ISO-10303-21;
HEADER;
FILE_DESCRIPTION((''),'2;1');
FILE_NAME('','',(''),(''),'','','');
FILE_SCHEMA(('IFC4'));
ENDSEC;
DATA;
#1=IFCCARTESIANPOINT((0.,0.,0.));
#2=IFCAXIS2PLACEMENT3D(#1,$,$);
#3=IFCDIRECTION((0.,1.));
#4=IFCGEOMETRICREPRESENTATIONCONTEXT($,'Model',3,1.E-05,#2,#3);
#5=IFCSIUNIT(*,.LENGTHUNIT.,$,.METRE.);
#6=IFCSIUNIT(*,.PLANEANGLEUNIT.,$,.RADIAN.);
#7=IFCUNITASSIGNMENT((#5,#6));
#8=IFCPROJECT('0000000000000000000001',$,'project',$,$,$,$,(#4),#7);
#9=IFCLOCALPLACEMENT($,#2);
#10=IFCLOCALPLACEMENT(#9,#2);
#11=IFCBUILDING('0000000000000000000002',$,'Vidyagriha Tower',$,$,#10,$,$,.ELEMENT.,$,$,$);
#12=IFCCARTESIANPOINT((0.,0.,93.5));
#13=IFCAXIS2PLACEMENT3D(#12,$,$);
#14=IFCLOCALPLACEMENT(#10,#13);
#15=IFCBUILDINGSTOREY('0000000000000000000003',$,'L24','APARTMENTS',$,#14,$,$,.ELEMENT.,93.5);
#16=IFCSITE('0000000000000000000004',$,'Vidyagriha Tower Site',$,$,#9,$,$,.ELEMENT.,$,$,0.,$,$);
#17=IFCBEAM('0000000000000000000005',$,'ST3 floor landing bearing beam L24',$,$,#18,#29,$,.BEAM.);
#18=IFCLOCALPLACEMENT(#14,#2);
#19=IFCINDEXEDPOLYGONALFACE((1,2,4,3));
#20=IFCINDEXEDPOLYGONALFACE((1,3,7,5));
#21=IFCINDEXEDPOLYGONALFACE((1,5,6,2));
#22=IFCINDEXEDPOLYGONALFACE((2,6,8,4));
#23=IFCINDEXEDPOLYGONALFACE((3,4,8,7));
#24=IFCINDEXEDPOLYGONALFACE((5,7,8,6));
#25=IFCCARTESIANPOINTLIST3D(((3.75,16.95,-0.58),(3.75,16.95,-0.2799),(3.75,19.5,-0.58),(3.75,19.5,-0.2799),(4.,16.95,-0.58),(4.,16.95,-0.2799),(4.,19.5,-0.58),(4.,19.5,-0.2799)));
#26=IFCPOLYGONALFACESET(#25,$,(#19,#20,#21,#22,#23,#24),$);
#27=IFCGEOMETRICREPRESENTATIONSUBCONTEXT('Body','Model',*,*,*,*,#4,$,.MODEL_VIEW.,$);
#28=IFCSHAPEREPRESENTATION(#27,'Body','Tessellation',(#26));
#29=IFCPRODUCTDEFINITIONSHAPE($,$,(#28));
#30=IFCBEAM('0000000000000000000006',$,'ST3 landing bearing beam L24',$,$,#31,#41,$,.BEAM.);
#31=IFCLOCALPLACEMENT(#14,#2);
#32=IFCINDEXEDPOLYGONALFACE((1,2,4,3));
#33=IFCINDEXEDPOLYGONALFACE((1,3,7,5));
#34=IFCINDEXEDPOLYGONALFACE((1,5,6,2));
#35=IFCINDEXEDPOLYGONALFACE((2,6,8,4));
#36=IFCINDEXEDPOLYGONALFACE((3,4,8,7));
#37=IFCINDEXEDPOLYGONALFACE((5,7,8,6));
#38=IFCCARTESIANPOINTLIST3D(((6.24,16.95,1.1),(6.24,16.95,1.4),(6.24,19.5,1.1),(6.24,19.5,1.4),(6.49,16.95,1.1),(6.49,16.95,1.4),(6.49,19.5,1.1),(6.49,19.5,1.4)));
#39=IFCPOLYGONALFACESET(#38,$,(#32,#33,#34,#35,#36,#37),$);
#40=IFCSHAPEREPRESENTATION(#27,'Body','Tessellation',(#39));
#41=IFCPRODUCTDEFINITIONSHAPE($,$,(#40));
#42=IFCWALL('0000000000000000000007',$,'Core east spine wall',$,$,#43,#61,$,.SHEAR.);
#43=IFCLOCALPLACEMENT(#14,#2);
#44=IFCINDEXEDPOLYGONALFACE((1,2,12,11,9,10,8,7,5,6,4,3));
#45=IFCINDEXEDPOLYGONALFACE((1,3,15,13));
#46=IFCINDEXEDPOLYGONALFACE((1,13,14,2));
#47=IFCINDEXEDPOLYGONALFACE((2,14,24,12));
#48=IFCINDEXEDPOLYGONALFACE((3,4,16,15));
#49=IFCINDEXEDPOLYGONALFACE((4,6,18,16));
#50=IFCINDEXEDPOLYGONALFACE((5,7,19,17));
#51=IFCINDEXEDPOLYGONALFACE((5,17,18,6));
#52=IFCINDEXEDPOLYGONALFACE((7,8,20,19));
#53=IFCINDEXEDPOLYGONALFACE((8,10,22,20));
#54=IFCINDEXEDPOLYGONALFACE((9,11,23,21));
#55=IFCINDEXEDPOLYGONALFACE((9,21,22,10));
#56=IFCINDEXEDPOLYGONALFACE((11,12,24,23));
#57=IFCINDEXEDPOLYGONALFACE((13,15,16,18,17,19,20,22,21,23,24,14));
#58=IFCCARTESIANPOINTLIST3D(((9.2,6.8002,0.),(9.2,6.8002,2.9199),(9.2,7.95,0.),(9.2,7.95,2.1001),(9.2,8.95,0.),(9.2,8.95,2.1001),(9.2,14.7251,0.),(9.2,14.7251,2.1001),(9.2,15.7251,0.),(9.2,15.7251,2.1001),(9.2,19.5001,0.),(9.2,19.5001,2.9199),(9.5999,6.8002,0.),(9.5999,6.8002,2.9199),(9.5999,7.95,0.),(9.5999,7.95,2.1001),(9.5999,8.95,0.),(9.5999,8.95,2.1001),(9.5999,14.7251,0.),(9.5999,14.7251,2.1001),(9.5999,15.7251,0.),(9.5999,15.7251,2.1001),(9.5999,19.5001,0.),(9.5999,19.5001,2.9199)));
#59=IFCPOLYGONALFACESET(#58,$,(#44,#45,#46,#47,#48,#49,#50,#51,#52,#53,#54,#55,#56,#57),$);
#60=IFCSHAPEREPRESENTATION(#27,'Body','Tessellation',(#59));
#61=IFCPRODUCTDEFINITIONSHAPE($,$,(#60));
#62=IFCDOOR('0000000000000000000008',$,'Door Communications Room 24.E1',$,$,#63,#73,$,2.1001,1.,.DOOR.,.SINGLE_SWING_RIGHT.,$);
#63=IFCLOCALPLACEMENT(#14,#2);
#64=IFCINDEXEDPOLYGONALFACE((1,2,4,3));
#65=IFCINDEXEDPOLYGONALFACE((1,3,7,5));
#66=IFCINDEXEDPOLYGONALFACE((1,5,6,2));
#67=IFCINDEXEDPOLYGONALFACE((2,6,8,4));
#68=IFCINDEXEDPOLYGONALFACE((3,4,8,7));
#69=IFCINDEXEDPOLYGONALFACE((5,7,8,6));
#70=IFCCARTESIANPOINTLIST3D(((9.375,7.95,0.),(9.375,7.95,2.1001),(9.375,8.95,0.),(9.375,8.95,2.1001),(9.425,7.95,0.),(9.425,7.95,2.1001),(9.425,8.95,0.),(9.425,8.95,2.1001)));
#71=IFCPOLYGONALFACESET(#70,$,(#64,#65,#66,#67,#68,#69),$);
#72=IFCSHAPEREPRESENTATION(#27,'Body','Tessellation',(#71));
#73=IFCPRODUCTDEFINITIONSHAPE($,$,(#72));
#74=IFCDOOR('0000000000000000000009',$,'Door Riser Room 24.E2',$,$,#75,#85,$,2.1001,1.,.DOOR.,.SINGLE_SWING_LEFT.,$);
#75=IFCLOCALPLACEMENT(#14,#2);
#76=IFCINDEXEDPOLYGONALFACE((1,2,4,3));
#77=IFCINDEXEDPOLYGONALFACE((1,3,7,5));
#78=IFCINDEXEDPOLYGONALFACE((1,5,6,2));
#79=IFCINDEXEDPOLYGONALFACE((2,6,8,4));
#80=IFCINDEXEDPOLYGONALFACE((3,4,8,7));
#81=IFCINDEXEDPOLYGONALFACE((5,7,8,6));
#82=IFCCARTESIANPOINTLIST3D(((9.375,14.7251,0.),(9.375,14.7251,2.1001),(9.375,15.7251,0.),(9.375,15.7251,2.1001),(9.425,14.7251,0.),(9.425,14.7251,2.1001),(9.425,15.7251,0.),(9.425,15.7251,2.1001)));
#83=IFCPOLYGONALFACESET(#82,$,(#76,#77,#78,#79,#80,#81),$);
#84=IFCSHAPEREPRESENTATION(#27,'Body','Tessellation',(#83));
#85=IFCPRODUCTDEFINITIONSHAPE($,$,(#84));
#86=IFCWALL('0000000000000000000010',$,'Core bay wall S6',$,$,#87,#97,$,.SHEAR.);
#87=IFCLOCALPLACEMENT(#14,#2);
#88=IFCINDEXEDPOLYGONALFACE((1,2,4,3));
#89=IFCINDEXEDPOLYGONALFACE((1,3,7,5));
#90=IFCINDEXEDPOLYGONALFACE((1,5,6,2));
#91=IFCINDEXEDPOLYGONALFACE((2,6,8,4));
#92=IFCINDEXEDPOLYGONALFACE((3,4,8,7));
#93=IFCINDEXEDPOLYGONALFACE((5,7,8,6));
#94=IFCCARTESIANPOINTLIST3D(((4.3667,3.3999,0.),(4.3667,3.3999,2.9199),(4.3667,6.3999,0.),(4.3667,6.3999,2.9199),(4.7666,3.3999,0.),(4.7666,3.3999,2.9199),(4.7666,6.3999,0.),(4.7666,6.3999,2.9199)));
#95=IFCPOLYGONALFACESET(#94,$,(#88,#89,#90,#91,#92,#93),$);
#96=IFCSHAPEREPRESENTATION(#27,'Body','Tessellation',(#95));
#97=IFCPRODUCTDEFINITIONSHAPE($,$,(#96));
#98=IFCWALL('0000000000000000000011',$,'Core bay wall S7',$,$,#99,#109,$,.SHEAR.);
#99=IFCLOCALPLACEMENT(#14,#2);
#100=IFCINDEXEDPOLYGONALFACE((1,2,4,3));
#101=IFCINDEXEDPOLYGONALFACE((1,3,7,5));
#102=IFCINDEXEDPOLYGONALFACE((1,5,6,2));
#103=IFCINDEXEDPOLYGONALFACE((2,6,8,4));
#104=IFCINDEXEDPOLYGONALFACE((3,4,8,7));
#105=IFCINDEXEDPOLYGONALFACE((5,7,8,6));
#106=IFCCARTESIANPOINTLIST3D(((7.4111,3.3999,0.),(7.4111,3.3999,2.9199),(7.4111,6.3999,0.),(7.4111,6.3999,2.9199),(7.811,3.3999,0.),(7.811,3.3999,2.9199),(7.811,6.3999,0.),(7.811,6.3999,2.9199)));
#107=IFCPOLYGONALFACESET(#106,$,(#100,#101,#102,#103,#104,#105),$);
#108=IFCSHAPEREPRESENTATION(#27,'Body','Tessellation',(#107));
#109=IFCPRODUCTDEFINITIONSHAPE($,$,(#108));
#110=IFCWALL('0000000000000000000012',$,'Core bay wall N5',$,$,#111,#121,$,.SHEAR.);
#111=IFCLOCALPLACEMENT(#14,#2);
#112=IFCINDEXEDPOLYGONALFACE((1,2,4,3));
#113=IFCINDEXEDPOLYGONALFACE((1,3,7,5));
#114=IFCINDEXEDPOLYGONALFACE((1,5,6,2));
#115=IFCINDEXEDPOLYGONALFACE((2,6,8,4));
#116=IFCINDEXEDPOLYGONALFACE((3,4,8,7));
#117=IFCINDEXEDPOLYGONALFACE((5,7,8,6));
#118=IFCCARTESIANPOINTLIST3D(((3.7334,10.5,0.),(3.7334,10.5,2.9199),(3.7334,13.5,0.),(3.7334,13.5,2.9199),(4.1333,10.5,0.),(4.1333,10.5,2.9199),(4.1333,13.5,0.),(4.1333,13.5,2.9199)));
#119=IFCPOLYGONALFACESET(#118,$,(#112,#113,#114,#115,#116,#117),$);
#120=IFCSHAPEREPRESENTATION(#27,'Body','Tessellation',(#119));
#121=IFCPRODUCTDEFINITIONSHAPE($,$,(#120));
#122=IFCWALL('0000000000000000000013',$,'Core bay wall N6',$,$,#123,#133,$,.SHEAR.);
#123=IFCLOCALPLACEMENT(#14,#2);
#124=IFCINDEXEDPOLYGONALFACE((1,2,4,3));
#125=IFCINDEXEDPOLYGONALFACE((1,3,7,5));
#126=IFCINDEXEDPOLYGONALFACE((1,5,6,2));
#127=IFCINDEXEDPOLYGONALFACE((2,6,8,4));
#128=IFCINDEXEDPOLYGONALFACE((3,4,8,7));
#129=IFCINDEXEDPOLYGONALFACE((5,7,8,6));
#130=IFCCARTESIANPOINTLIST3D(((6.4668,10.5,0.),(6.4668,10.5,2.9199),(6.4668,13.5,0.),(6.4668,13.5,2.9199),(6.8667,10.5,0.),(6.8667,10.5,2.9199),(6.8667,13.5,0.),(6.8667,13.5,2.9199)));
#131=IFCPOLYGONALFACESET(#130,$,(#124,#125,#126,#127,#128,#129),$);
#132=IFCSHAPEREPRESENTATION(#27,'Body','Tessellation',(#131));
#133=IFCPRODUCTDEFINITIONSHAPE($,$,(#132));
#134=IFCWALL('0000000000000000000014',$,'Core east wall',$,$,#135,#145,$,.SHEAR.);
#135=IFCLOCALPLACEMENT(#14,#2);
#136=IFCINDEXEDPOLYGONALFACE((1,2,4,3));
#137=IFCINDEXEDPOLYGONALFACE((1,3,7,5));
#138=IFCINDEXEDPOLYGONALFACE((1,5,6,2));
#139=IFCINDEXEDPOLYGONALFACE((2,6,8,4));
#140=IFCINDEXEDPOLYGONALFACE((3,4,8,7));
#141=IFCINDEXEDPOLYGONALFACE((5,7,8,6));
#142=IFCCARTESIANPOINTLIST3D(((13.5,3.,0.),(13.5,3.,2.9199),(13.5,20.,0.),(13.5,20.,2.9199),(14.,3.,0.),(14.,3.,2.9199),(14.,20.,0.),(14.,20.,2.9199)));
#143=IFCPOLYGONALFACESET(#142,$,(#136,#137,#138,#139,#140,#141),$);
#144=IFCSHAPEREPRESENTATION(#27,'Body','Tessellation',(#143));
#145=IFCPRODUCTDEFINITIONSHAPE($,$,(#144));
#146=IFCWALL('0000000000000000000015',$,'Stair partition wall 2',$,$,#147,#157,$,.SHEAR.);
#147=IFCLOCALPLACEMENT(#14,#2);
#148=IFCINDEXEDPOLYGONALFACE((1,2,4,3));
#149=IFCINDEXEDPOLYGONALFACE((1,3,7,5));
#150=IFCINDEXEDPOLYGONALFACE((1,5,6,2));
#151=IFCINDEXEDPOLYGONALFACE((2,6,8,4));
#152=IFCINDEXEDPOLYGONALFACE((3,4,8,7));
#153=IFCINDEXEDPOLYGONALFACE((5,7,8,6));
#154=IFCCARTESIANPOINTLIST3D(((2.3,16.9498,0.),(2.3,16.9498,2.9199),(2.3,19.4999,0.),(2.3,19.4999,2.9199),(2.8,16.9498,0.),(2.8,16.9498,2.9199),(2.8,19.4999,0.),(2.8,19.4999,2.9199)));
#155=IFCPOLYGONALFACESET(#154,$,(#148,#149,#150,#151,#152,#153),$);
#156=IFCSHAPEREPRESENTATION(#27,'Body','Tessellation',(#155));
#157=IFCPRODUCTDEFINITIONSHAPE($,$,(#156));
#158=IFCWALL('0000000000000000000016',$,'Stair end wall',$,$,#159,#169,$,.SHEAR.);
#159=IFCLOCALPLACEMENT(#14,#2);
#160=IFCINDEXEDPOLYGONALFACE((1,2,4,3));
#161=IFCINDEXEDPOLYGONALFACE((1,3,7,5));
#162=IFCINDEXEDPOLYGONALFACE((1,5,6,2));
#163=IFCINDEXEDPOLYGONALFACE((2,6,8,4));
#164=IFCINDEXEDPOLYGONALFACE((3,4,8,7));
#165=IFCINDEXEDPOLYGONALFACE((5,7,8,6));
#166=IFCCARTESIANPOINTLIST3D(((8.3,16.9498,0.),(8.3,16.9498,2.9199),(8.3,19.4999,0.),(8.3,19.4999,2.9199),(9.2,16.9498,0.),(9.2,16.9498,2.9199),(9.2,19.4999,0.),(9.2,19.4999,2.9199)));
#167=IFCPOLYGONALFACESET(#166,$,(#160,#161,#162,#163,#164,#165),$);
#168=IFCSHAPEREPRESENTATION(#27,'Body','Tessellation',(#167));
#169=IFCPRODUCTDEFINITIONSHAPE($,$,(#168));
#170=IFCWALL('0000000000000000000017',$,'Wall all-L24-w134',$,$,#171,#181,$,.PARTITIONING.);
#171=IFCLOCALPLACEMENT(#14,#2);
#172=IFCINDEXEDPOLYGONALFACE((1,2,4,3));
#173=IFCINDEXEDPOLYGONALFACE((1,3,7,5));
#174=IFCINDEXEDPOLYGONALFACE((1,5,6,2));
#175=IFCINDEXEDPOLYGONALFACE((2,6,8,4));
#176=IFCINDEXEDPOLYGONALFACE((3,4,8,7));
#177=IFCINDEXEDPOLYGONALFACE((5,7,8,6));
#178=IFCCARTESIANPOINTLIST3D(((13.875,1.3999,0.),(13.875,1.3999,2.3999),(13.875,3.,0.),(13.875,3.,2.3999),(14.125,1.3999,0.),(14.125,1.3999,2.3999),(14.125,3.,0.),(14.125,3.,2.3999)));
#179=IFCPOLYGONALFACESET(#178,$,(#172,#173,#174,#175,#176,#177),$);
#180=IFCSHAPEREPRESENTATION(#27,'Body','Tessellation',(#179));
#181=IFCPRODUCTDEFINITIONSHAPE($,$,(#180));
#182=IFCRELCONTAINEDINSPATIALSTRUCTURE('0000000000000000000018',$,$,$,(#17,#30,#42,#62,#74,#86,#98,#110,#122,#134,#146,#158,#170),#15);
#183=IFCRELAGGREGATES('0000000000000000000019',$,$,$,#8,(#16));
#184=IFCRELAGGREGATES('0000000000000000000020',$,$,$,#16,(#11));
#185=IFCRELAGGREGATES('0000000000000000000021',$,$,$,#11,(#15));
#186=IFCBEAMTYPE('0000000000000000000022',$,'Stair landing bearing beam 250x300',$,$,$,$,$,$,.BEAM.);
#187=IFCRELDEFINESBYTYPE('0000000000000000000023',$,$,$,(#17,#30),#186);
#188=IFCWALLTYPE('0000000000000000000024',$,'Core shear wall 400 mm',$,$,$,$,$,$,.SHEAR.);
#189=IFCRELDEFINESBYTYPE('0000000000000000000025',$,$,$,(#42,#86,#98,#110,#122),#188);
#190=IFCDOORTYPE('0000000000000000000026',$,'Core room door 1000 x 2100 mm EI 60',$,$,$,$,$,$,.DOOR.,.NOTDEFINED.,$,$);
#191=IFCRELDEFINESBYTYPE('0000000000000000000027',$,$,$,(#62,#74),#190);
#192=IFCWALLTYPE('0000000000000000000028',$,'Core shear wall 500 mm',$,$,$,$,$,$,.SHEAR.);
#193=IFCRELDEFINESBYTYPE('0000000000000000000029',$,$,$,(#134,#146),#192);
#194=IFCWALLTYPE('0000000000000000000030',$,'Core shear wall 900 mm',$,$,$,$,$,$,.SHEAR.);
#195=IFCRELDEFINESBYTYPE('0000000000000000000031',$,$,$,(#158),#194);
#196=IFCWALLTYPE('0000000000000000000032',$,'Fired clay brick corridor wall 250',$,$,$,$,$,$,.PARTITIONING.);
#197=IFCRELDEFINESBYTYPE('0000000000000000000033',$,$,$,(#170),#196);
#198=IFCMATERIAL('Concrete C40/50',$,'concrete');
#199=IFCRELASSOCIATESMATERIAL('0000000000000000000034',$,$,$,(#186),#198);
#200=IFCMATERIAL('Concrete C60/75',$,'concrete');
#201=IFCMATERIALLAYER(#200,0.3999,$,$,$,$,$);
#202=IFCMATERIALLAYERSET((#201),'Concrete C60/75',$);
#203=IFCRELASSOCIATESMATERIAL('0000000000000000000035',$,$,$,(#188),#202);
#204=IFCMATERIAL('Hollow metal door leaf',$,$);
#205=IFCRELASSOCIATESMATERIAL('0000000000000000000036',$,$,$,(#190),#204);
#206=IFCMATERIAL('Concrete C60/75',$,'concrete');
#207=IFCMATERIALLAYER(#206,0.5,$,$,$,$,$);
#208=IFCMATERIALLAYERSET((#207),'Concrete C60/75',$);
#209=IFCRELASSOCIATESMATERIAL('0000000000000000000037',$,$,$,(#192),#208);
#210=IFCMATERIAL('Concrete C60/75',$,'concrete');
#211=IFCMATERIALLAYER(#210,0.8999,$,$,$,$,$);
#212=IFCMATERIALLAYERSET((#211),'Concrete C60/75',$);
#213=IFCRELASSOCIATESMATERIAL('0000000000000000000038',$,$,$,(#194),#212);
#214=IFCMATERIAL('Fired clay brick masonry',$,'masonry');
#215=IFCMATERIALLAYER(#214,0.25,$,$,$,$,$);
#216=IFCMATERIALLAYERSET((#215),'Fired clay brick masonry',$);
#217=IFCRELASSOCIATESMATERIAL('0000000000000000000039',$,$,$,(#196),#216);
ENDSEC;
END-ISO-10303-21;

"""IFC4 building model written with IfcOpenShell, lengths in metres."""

from ifc_helpers import new_model, si_unit, direction, frame, frame_2d, origin, origin_2d, place, context, subcontext, project, spatial, rectangle, extrude, material, layer, layer_set, material_profile, profile_set, type_object, element, fill, save


model = new_model("IFC4")

# Units and contexts
model_context = context("Model", 3, precision=1e-05, world=origin(), true_north=direction((0.0, 1.0)))
body_context = subcontext(model_context, "Body", "Model", "MODEL_VIEW")
ifc_project = project(units=[si_unit("LENGTHUNIT", "METRE"), si_unit("PLANEANGLEUNIT", "RADIAN")], contexts=[model_context])

# Site, building, storey
site_placement = place(None, origin())
site = spatial("IfcSite", under=ifc_project, at=site_placement, Name="Vidyagriha Tower Site", CompositionType="ELEMENT", RefElevation=0.0)
building_placement = place(site_placement, origin())
building = spatial("IfcBuilding", under=site, at=building_placement, Name="Vidyagriha Tower", CompositionType="ELEMENT")
storey_placement = place(building_placement, frame((0.0, 0.0, 93.5)))
storey = spatial("IfcBuildingStorey", under=building, at=storey_placement, Name="L24", Description="APARTMENTS", CompositionType="ELEMENT", Elevation=93.5)

# Beams
ifc_material_1 = material(Name="Concrete C40/50", Category="concrete")
ifc_material_profile = material_profile(ifc_material_1, rectangle(XDim=0.25, YDim=0.3, at=origin_2d()), Name="Stair landing bearing beam 250x300")
ifc_profile_set = profile_set([ifc_material_profile], Name="Concrete C40/50")
beam_type = type_object("IfcBeamType", Name="Stair landing bearing beam 250x300", PredefinedType="BEAM", material=ifc_profile_set)
for number, where, z_axis, x_axis, name in (
    (1, (3.875, 16.95, -0.4299), (0.0, 1.0, 0.0), (-1.0, 0.0, 0.0), "ST3 floor landing bearing beam L24"),
    (2, (6.365, 16.95, 1.25), (0.0, 1.0, 0.0), (-1.0, 0.0, 0.0), "ST3 landing bearing beam L24"),
):
    element("IfcBeam", number, at=place(storey_placement, frame(where, z_axis=z_axis, x_axis=x_axis)), inside=storey, type_object=beam_type, Name=name, PredefinedType="BEAM", context=body_context, shape_type="SweptSolid", body=[
        extrude(rectangle(XDim=0.25, YDim=0.3, at=origin_2d()), origin(), (0.0, 0.0, 1.0), 2.55),
    ])

# Wall, openings, doors
ifc_material_2 = material(Name="Concrete C60/75", Category="concrete")
ifc_layer_1 = layer(ifc_material_2, 0.3999)
ifc_layer_set_1 = layer_set([ifc_layer_1], Name="Concrete C60/75")
wall_type_1 = type_object("IfcWallType", Name="Core shear wall 400 mm", PredefinedType="SHEAR", material=ifc_layer_set_1)
wall_1_placement = place(storey_placement, frame((9.3999, 6.8, 0.0), z_axis=(0.0, 0.0, 1.0), x_axis=(0.0, 1.0, 0.0)))
wall_1 = element("IfcWall", 3, at=wall_1_placement, inside=storey, type_object=wall_type_1, Name="Core east spine wall", PredefinedType="SHEAR", context=body_context, shape_type="SweptSolid", body=[
    extrude(rectangle(XDim=12.7, YDim=0.3999, at=frame_2d((6.3501, 0.0))), origin(), (0.0, 0.0, 1.0), 2.9199),
])
opening_1_placement = place(wall_1_placement, frame((1.1499, 0.0, 0.0)))
opening_1 = element("IfcOpeningElement", 4, at=opening_1_placement, cuts=wall_1, PredefinedType="OPENING", context=body_context, shape_type="SweptSolid", body=[
    extrude(rectangle(XDim=1.0, YDim=2.1001, at=frame_2d((0.5, 1.05))), frame((0.0, 0.21, 0.0), z_axis=(0.0, -1.0, 0.0), x_axis=(1.0, 0.0, 0.0)), (0.0, 0.0, 1.0), 0.4199),
])
opening_2_placement = place(wall_1_placement, frame((7.925, 0.0, 0.0)))
opening_2 = element("IfcOpeningElement", 5, at=opening_2_placement, cuts=wall_1, PredefinedType="OPENING", context=body_context, shape_type="SweptSolid", body=[
    extrude(rectangle(XDim=1.0, YDim=2.1001, at=frame_2d((0.5, 1.05))), frame((0.0, 0.21, 0.0), z_axis=(0.0, -1.0, 0.0), x_axis=(1.0, 0.0, 0.0)), (0.0, 0.0, 1.0), 0.4199),
])
ifc_material_3 = material(Name="Hollow metal door leaf")
door_type_1 = type_object("IfcDoorType", Name="Core room door 1000 x 2100 mm EI 60", OperationType="NOTDEFINED", PredefinedType="DOOR", material=ifc_material_3)
door_1_placement = place(opening_1_placement, origin())
door_1 = element("IfcDoor", 6, at=door_1_placement, inside=storey, type_object=door_type_1, Name="Door Communications Room 24.E1", OperationType="SINGLE_SWING_RIGHT", OverallHeight=2.1001, OverallWidth=1.0, PredefinedType="DOOR", context=body_context, shape_type="SweptSolid", body=[
    extrude(rectangle(XDim=1.0, YDim=2.1001, at=frame_2d((0.5, 1.05))), frame((0.0, 0.0249, 0.0), z_axis=(0.0, -1.0, 0.0), x_axis=(1.0, 0.0, 0.0)), (0.0, 0.0, 1.0), 0.05),
])
fill(opening_1, door_1)
door_2_placement = place(opening_2_placement, origin())
door_2 = element("IfcDoor", 7, at=door_2_placement, inside=storey, type_object=door_type_1, Name="Door Riser Room 24.E2", OperationType="SINGLE_SWING_LEFT", OverallHeight=2.1001, OverallWidth=1.0, PredefinedType="DOOR", context=body_context, shape_type="SweptSolid", body=[
    extrude(rectangle(XDim=1.0, YDim=2.1001, at=frame_2d((0.5, 1.05))), frame((0.0, 0.0249, 0.0), z_axis=(0.0, -1.0, 0.0), x_axis=(1.0, 0.0, 0.0)), (0.0, 0.0, 1.0), 0.05),
])
fill(opening_2, door_2)

# Walls
for number, where, z_axis, x_axis, name in (
    (8, (4.5667, 3.3999, 0.0), (0.0, 0.0, 1.0), (0.0, 1.0, 0.0), "Core bay wall S6"),
    (9, (7.6111, 3.3999, 0.0), (0.0, 0.0, 1.0), (0.0, 1.0, 0.0), "Core bay wall S7"),
    (10, (3.9333, 10.5, 0.0), (0.0, 0.0, 1.0), (0.0, 1.0, 0.0), "Core bay wall N5"),
    (11, (6.6667, 10.5, 0.0), (0.0, 0.0, 1.0), (0.0, 1.0, 0.0), "Core bay wall N6"),
):
    element("IfcWall", number, at=place(storey_placement, frame(where, z_axis=z_axis, x_axis=x_axis)), inside=storey, type_object=wall_type_1, Name=name, PredefinedType="SHEAR", context=body_context, shape_type="SweptSolid", body=[
        extrude(rectangle(XDim=3.0, YDim=0.3999, at=frame_2d((1.5, 0.0))), origin(), (0.0, 0.0, 1.0), 2.9199),
    ])
ifc_material_4 = material(Name="Concrete C60/75", Category="concrete")
ifc_layer_2 = layer(ifc_material_4, 0.5)
ifc_layer_set_2 = layer_set([ifc_layer_2], Name="Concrete C60/75")
wall_type_2 = type_object("IfcWallType", Name="Core shear wall 500 mm", PredefinedType="SHEAR", material=ifc_layer_set_2)
wall_2_placement = place(storey_placement, frame((13.75, 3.0, 0.0), z_axis=(0.0, 0.0, 1.0), x_axis=(0.0, 1.0, 0.0)))
element("IfcWall", 12, at=wall_2_placement, inside=storey, type_object=wall_type_2, Name="Core east wall", PredefinedType="SHEAR", context=body_context, shape_type="SweptSolid", body=[
    extrude(rectangle(XDim=17.0, YDim=0.5, at=frame_2d((8.5, 0.0))), origin(), (0.0, 0.0, 1.0), 2.9199),
])
wall_3_placement = place(storey_placement, frame((2.55, 16.95, 0.0), z_axis=(0.0, 0.0, 1.0), x_axis=(0.0, 1.0, 0.0)))
element("IfcWall", 13, at=wall_3_placement, inside=storey, type_object=wall_type_2, Name="Stair partition wall 2", PredefinedType="SHEAR", context=body_context, shape_type="SweptSolid", body=[
    extrude(rectangle(XDim=2.55, YDim=0.5, at=frame_2d((1.2749, 0.0))), origin(), (0.0, 0.0, 1.0), 2.9199),
])
ifc_material_5 = material(Name="Concrete C60/75", Category="concrete")
ifc_layer_3 = layer(ifc_material_5, 0.8999)
ifc_layer_set_3 = layer_set([ifc_layer_3], Name="Concrete C60/75")
wall_type_3 = type_object("IfcWallType", Name="Core shear wall 900 mm", PredefinedType="SHEAR", material=ifc_layer_set_3)
wall_4_placement = place(storey_placement, frame((8.75, 16.95, 0.0), z_axis=(0.0, 0.0, 1.0), x_axis=(0.0, 1.0, 0.0)))
element("IfcWall", 14, at=wall_4_placement, inside=storey, type_object=wall_type_3, Name="Stair end wall", PredefinedType="SHEAR", context=body_context, shape_type="SweptSolid", body=[
    extrude(rectangle(XDim=2.55, YDim=0.8999, at=frame_2d((1.2749, 0.0))), origin(), (0.0, 0.0, 1.0), 2.9199),
])
ifc_material_6 = material(Name="Fired clay brick masonry", Category="masonry")
ifc_layer_4 = layer(ifc_material_6, 0.25)
ifc_layer_set_4 = layer_set([ifc_layer_4], Name="Fired clay brick masonry")
wall_type_4 = type_object("IfcWallType", Name="Fired clay brick corridor wall 250", PredefinedType="PARTITIONING", material=ifc_layer_set_4)
wall_5_placement = place(storey_placement, frame((14.0, 1.3999, 0.0), z_axis=(0.0, 0.0, 1.0), x_axis=(0.0, 1.0, 0.0)))
element("IfcWall", 15, at=wall_5_placement, inside=storey, type_object=wall_type_4, Name="Wall all-L24-w134", PredefinedType="PARTITIONING", context=body_context, shape_type="SweptSolid", body=[
    extrude(rectangle(XDim=1.6001, YDim=0.25, at=frame_2d((0.8, 0.0))), origin(), (0.0, 0.0, 1.0), 2.3999),
])

save(model, "model.ifc")
